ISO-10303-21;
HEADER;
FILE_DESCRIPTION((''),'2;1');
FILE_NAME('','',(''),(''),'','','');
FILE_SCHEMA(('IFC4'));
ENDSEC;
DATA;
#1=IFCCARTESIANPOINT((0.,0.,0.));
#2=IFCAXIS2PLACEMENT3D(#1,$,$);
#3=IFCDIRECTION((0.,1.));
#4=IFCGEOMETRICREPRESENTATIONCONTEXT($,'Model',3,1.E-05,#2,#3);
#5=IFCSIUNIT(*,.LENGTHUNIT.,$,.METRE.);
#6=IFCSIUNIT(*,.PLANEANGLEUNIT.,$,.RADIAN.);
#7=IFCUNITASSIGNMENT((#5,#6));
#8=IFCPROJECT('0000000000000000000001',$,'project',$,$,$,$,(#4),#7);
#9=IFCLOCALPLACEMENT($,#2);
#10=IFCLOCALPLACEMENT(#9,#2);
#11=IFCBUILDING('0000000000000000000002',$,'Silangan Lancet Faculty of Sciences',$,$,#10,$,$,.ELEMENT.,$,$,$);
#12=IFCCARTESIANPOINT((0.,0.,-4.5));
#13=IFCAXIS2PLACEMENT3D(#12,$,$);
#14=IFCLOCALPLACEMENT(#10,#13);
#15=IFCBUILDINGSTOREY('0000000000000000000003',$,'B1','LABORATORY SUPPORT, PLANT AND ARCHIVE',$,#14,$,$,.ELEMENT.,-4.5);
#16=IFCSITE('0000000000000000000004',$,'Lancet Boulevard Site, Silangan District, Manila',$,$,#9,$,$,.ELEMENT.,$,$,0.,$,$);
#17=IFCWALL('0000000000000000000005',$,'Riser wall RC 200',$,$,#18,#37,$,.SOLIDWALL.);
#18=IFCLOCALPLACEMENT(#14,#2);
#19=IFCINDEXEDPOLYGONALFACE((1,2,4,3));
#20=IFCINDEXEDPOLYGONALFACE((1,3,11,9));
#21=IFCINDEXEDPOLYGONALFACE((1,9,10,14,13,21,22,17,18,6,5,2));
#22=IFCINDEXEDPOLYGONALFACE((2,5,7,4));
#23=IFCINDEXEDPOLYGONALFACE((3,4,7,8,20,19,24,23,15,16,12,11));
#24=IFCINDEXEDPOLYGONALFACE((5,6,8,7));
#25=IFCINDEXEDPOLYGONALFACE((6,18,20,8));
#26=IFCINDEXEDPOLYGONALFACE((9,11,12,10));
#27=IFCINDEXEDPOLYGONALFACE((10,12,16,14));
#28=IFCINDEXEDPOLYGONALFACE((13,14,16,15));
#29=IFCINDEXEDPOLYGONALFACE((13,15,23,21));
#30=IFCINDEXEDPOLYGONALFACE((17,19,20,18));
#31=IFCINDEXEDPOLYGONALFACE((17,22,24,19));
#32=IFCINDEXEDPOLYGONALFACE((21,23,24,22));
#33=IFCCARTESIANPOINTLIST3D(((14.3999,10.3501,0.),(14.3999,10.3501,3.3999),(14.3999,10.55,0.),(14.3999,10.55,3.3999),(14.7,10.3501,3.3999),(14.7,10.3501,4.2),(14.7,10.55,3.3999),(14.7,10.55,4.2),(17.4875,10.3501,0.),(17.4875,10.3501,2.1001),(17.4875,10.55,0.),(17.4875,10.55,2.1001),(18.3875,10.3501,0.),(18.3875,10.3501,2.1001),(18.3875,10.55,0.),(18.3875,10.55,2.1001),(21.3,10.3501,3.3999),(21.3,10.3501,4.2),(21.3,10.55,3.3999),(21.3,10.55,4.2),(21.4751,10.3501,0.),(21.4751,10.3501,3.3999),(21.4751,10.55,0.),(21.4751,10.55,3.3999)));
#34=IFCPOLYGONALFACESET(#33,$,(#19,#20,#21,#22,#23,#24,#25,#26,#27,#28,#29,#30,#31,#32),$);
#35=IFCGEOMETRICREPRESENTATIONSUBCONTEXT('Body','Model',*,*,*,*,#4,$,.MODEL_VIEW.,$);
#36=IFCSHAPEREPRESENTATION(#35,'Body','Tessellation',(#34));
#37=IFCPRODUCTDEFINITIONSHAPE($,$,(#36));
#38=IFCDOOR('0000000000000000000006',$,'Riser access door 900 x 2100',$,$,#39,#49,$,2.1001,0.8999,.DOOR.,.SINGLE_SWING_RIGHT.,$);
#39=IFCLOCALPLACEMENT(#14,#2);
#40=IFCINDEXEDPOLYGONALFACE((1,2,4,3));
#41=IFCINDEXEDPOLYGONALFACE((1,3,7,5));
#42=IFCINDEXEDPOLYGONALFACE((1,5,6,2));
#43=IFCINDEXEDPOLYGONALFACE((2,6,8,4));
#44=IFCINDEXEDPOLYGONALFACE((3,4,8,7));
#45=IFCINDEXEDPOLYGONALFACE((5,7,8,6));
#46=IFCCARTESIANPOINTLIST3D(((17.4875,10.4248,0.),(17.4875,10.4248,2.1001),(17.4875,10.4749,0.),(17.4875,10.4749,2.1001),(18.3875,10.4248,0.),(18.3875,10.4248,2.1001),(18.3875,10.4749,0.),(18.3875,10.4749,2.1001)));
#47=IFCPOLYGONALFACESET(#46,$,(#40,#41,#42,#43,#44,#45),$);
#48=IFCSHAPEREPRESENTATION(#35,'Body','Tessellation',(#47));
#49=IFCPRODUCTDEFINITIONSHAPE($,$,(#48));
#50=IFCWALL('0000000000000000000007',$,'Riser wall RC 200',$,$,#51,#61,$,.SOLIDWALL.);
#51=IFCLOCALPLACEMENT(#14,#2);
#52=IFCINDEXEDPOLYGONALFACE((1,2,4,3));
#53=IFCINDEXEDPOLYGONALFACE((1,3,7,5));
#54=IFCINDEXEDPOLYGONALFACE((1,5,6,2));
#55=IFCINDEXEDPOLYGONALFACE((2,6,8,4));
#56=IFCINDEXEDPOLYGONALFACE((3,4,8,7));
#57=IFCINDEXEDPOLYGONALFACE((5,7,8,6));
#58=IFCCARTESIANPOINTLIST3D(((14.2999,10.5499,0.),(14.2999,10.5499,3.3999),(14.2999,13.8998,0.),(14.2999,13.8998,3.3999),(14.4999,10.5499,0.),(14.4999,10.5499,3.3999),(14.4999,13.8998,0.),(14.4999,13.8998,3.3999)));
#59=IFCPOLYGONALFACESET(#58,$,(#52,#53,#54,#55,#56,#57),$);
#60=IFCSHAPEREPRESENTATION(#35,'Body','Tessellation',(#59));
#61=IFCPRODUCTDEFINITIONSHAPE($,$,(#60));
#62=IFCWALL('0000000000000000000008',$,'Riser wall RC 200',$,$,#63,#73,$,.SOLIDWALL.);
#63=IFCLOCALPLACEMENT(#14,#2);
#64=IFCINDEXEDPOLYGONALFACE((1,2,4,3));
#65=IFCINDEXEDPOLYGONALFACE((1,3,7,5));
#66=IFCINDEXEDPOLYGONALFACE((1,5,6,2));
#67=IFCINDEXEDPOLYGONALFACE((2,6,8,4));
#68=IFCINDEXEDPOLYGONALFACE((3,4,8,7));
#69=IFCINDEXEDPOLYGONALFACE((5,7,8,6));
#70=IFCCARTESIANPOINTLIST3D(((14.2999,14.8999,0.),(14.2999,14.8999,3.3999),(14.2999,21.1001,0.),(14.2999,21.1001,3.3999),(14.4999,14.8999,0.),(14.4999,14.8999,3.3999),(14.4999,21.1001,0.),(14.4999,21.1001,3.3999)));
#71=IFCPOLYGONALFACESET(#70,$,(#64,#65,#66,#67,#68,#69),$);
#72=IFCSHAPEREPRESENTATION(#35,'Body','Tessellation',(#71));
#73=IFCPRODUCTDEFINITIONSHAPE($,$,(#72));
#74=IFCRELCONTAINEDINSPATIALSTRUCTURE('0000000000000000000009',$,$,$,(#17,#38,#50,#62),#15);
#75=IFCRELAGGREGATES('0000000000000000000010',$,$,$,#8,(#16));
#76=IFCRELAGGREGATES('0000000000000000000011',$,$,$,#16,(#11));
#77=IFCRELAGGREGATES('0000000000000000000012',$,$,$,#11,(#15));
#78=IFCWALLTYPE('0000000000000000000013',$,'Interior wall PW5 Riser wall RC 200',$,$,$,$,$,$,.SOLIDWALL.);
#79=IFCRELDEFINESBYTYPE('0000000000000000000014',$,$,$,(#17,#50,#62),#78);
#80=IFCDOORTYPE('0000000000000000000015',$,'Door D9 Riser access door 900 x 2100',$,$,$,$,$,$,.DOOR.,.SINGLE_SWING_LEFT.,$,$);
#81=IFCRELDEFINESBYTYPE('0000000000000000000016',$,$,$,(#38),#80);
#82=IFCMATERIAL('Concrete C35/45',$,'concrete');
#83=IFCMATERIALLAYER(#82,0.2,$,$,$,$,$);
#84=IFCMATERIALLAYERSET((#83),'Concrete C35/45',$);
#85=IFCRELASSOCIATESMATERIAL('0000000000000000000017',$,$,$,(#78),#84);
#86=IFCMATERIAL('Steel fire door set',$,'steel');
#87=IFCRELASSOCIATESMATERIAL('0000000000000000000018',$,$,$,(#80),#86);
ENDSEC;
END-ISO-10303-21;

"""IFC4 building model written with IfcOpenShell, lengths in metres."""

from ifc_helpers import new_model, si_unit, direction, frame, frame_2d, origin, place, context, subcontext, project, spatial, polyline, rectangle, outline, extrude, material, layer, layer_set, type_object, element, fill, save


model = new_model("IFC4")

# Units and contexts
model_context = context("Model", 3, precision=1e-05, world=origin(), true_north=direction((0.0, 1.0)))
body_context = subcontext(model_context, "Body", "Model", "MODEL_VIEW")
ifc_project = project(units=[si_unit("LENGTHUNIT", "METRE"), si_unit("PLANEANGLEUNIT", "RADIAN")], contexts=[model_context])

# Site, building, storey
site_placement = place(None, origin())
site = spatial("IfcSite", under=ifc_project, at=site_placement, Name="Lancet Boulevard Site, Silangan District, Manila", CompositionType="ELEMENT", RefElevation=0.0)
building_placement = place(site_placement, origin())
building = spatial("IfcBuilding", under=site, at=building_placement, Name="Silangan Lancet Faculty of Sciences", CompositionType="ELEMENT")
storey_placement = place(building_placement, frame((0.0, 0.0, -4.5)))
storey = spatial("IfcBuildingStorey", under=building, at=storey_placement, Name="B1", Description="LABORATORY SUPPORT, PLANT AND ARCHIVE", CompositionType="ELEMENT", Elevation=-4.5)

# Wall, opening, door
ifc_material_1 = material(Name="Concrete C35/45", Category="concrete")
ifc_layer_1 = layer(ifc_material_1, 0.2)
ifc_layer_set_1 = layer_set([ifc_layer_1], Name="Concrete C35/45")
wall_type_1 = type_object("IfcWallType", Name="Interior wall PW5 Riser wall RC 200", PredefinedType="SOLIDWALL", material=ifc_layer_set_1)
wall_1_placement = place(storey_placement, frame((14.3999, 10.45, 0.0), z_axis=(0.0, 0.0, 1.0), x_axis=(1.0, 0.0, 0.0)))
wall_1 = element("IfcWall", 1, at=wall_1_placement, inside=storey, type_object=wall_type_1, Name="Riser wall RC 200", PredefinedType="SOLIDWALL", context=body_context, shape_type="SweptSolid", body=[
    extrude(outline(polyline([(0.0, 0.0), (7.0752, 0.0), (7.0752, 3.3999), (6.9001, 3.3999), (6.9001, 4.2), (0.3, 4.2), (0.3, 3.3999), (0.0, 3.3999), (0.0, 0.0)])), frame((0.0, 0.1001, 0.0), z_axis=(0.0, -1.0, 0.0), x_axis=(1.0, 0.0, 0.0)), (0.0, 0.0, 1.0), 0.2),
])
opening_1_placement = place(wall_1_placement, frame((3.0876, 0.0, 0.0)))
opening_1 = element("IfcOpeningElement", 2, at=opening_1_placement, cuts=wall_1, PredefinedType="OPENING", context=body_context, shape_type="SweptSolid", body=[
    extrude(rectangle(XDim=0.8999, YDim=2.1001, at=frame_2d((0.45, 1.05))), frame((0.0, 0.1099, 0.0), z_axis=(0.0, -1.0, 0.0), x_axis=(1.0, 0.0, 0.0)), (0.0, 0.0, 1.0), 0.22),
])
ifc_material_2 = material(Name="Steel fire door set", Category="steel")
door_type_1 = type_object("IfcDoorType", Name="Door D9 Riser access door 900 x 2100", OperationType="SINGLE_SWING_LEFT", PredefinedType="DOOR", material=ifc_material_2)
door_1_placement = place(opening_1_placement, origin())
door_1 = element("IfcDoor", 3, at=door_1_placement, inside=storey, type_object=door_type_1, Name="Riser access door 900 x 2100", OperationType="SINGLE_SWING_RIGHT", OverallHeight=2.1001, OverallWidth=0.8999, PredefinedType="DOOR", context=body_context, shape_type="SweptSolid", body=[
    extrude(rectangle(XDim=0.8999, YDim=2.1001, at=frame_2d((0.45, 1.05))), frame((0.0, 0.0249, 0.0), z_axis=(0.0, -1.0, 0.0), x_axis=(1.0, 0.0, 0.0)), (0.0, 0.0, 1.0), 0.05),
])
fill(opening_1, door_1)

# Walls
wall_2_placement = place(storey_placement, frame((14.3999, 10.55, 0.0), z_axis=(0.0, 0.0, 1.0), x_axis=(0.0, 1.0, 0.0)))
element("IfcWall", 4, at=wall_2_placement, inside=storey, type_object=wall_type_1, Name="Riser wall RC 200", PredefinedType="SOLIDWALL", context=body_context, shape_type="SweptSolid", body=[
    extrude(rectangle(XDim=3.3499, YDim=0.2, at=frame_2d((1.6748, 0.0))), origin(), (0.0, 0.0, 1.0), 3.3999),
])
wall_3_placement = place(storey_placement, frame((14.3999, 14.8999, 0.0), z_axis=(0.0, 0.0, 1.0), x_axis=(0.0, 1.0, 0.0)))
element("IfcWall", 5, at=wall_3_placement, inside=storey, type_object=wall_type_1, Name="Riser wall RC 200", PredefinedType="SOLIDWALL", context=body_context, shape_type="SweptSolid", body=[
    extrude(rectangle(XDim=6.2002, YDim=0.2, at=frame_2d((3.1001, 0.0))), origin(), (0.0, 0.0, 1.0), 3.3999),
])

save(model, "model.ifc")
